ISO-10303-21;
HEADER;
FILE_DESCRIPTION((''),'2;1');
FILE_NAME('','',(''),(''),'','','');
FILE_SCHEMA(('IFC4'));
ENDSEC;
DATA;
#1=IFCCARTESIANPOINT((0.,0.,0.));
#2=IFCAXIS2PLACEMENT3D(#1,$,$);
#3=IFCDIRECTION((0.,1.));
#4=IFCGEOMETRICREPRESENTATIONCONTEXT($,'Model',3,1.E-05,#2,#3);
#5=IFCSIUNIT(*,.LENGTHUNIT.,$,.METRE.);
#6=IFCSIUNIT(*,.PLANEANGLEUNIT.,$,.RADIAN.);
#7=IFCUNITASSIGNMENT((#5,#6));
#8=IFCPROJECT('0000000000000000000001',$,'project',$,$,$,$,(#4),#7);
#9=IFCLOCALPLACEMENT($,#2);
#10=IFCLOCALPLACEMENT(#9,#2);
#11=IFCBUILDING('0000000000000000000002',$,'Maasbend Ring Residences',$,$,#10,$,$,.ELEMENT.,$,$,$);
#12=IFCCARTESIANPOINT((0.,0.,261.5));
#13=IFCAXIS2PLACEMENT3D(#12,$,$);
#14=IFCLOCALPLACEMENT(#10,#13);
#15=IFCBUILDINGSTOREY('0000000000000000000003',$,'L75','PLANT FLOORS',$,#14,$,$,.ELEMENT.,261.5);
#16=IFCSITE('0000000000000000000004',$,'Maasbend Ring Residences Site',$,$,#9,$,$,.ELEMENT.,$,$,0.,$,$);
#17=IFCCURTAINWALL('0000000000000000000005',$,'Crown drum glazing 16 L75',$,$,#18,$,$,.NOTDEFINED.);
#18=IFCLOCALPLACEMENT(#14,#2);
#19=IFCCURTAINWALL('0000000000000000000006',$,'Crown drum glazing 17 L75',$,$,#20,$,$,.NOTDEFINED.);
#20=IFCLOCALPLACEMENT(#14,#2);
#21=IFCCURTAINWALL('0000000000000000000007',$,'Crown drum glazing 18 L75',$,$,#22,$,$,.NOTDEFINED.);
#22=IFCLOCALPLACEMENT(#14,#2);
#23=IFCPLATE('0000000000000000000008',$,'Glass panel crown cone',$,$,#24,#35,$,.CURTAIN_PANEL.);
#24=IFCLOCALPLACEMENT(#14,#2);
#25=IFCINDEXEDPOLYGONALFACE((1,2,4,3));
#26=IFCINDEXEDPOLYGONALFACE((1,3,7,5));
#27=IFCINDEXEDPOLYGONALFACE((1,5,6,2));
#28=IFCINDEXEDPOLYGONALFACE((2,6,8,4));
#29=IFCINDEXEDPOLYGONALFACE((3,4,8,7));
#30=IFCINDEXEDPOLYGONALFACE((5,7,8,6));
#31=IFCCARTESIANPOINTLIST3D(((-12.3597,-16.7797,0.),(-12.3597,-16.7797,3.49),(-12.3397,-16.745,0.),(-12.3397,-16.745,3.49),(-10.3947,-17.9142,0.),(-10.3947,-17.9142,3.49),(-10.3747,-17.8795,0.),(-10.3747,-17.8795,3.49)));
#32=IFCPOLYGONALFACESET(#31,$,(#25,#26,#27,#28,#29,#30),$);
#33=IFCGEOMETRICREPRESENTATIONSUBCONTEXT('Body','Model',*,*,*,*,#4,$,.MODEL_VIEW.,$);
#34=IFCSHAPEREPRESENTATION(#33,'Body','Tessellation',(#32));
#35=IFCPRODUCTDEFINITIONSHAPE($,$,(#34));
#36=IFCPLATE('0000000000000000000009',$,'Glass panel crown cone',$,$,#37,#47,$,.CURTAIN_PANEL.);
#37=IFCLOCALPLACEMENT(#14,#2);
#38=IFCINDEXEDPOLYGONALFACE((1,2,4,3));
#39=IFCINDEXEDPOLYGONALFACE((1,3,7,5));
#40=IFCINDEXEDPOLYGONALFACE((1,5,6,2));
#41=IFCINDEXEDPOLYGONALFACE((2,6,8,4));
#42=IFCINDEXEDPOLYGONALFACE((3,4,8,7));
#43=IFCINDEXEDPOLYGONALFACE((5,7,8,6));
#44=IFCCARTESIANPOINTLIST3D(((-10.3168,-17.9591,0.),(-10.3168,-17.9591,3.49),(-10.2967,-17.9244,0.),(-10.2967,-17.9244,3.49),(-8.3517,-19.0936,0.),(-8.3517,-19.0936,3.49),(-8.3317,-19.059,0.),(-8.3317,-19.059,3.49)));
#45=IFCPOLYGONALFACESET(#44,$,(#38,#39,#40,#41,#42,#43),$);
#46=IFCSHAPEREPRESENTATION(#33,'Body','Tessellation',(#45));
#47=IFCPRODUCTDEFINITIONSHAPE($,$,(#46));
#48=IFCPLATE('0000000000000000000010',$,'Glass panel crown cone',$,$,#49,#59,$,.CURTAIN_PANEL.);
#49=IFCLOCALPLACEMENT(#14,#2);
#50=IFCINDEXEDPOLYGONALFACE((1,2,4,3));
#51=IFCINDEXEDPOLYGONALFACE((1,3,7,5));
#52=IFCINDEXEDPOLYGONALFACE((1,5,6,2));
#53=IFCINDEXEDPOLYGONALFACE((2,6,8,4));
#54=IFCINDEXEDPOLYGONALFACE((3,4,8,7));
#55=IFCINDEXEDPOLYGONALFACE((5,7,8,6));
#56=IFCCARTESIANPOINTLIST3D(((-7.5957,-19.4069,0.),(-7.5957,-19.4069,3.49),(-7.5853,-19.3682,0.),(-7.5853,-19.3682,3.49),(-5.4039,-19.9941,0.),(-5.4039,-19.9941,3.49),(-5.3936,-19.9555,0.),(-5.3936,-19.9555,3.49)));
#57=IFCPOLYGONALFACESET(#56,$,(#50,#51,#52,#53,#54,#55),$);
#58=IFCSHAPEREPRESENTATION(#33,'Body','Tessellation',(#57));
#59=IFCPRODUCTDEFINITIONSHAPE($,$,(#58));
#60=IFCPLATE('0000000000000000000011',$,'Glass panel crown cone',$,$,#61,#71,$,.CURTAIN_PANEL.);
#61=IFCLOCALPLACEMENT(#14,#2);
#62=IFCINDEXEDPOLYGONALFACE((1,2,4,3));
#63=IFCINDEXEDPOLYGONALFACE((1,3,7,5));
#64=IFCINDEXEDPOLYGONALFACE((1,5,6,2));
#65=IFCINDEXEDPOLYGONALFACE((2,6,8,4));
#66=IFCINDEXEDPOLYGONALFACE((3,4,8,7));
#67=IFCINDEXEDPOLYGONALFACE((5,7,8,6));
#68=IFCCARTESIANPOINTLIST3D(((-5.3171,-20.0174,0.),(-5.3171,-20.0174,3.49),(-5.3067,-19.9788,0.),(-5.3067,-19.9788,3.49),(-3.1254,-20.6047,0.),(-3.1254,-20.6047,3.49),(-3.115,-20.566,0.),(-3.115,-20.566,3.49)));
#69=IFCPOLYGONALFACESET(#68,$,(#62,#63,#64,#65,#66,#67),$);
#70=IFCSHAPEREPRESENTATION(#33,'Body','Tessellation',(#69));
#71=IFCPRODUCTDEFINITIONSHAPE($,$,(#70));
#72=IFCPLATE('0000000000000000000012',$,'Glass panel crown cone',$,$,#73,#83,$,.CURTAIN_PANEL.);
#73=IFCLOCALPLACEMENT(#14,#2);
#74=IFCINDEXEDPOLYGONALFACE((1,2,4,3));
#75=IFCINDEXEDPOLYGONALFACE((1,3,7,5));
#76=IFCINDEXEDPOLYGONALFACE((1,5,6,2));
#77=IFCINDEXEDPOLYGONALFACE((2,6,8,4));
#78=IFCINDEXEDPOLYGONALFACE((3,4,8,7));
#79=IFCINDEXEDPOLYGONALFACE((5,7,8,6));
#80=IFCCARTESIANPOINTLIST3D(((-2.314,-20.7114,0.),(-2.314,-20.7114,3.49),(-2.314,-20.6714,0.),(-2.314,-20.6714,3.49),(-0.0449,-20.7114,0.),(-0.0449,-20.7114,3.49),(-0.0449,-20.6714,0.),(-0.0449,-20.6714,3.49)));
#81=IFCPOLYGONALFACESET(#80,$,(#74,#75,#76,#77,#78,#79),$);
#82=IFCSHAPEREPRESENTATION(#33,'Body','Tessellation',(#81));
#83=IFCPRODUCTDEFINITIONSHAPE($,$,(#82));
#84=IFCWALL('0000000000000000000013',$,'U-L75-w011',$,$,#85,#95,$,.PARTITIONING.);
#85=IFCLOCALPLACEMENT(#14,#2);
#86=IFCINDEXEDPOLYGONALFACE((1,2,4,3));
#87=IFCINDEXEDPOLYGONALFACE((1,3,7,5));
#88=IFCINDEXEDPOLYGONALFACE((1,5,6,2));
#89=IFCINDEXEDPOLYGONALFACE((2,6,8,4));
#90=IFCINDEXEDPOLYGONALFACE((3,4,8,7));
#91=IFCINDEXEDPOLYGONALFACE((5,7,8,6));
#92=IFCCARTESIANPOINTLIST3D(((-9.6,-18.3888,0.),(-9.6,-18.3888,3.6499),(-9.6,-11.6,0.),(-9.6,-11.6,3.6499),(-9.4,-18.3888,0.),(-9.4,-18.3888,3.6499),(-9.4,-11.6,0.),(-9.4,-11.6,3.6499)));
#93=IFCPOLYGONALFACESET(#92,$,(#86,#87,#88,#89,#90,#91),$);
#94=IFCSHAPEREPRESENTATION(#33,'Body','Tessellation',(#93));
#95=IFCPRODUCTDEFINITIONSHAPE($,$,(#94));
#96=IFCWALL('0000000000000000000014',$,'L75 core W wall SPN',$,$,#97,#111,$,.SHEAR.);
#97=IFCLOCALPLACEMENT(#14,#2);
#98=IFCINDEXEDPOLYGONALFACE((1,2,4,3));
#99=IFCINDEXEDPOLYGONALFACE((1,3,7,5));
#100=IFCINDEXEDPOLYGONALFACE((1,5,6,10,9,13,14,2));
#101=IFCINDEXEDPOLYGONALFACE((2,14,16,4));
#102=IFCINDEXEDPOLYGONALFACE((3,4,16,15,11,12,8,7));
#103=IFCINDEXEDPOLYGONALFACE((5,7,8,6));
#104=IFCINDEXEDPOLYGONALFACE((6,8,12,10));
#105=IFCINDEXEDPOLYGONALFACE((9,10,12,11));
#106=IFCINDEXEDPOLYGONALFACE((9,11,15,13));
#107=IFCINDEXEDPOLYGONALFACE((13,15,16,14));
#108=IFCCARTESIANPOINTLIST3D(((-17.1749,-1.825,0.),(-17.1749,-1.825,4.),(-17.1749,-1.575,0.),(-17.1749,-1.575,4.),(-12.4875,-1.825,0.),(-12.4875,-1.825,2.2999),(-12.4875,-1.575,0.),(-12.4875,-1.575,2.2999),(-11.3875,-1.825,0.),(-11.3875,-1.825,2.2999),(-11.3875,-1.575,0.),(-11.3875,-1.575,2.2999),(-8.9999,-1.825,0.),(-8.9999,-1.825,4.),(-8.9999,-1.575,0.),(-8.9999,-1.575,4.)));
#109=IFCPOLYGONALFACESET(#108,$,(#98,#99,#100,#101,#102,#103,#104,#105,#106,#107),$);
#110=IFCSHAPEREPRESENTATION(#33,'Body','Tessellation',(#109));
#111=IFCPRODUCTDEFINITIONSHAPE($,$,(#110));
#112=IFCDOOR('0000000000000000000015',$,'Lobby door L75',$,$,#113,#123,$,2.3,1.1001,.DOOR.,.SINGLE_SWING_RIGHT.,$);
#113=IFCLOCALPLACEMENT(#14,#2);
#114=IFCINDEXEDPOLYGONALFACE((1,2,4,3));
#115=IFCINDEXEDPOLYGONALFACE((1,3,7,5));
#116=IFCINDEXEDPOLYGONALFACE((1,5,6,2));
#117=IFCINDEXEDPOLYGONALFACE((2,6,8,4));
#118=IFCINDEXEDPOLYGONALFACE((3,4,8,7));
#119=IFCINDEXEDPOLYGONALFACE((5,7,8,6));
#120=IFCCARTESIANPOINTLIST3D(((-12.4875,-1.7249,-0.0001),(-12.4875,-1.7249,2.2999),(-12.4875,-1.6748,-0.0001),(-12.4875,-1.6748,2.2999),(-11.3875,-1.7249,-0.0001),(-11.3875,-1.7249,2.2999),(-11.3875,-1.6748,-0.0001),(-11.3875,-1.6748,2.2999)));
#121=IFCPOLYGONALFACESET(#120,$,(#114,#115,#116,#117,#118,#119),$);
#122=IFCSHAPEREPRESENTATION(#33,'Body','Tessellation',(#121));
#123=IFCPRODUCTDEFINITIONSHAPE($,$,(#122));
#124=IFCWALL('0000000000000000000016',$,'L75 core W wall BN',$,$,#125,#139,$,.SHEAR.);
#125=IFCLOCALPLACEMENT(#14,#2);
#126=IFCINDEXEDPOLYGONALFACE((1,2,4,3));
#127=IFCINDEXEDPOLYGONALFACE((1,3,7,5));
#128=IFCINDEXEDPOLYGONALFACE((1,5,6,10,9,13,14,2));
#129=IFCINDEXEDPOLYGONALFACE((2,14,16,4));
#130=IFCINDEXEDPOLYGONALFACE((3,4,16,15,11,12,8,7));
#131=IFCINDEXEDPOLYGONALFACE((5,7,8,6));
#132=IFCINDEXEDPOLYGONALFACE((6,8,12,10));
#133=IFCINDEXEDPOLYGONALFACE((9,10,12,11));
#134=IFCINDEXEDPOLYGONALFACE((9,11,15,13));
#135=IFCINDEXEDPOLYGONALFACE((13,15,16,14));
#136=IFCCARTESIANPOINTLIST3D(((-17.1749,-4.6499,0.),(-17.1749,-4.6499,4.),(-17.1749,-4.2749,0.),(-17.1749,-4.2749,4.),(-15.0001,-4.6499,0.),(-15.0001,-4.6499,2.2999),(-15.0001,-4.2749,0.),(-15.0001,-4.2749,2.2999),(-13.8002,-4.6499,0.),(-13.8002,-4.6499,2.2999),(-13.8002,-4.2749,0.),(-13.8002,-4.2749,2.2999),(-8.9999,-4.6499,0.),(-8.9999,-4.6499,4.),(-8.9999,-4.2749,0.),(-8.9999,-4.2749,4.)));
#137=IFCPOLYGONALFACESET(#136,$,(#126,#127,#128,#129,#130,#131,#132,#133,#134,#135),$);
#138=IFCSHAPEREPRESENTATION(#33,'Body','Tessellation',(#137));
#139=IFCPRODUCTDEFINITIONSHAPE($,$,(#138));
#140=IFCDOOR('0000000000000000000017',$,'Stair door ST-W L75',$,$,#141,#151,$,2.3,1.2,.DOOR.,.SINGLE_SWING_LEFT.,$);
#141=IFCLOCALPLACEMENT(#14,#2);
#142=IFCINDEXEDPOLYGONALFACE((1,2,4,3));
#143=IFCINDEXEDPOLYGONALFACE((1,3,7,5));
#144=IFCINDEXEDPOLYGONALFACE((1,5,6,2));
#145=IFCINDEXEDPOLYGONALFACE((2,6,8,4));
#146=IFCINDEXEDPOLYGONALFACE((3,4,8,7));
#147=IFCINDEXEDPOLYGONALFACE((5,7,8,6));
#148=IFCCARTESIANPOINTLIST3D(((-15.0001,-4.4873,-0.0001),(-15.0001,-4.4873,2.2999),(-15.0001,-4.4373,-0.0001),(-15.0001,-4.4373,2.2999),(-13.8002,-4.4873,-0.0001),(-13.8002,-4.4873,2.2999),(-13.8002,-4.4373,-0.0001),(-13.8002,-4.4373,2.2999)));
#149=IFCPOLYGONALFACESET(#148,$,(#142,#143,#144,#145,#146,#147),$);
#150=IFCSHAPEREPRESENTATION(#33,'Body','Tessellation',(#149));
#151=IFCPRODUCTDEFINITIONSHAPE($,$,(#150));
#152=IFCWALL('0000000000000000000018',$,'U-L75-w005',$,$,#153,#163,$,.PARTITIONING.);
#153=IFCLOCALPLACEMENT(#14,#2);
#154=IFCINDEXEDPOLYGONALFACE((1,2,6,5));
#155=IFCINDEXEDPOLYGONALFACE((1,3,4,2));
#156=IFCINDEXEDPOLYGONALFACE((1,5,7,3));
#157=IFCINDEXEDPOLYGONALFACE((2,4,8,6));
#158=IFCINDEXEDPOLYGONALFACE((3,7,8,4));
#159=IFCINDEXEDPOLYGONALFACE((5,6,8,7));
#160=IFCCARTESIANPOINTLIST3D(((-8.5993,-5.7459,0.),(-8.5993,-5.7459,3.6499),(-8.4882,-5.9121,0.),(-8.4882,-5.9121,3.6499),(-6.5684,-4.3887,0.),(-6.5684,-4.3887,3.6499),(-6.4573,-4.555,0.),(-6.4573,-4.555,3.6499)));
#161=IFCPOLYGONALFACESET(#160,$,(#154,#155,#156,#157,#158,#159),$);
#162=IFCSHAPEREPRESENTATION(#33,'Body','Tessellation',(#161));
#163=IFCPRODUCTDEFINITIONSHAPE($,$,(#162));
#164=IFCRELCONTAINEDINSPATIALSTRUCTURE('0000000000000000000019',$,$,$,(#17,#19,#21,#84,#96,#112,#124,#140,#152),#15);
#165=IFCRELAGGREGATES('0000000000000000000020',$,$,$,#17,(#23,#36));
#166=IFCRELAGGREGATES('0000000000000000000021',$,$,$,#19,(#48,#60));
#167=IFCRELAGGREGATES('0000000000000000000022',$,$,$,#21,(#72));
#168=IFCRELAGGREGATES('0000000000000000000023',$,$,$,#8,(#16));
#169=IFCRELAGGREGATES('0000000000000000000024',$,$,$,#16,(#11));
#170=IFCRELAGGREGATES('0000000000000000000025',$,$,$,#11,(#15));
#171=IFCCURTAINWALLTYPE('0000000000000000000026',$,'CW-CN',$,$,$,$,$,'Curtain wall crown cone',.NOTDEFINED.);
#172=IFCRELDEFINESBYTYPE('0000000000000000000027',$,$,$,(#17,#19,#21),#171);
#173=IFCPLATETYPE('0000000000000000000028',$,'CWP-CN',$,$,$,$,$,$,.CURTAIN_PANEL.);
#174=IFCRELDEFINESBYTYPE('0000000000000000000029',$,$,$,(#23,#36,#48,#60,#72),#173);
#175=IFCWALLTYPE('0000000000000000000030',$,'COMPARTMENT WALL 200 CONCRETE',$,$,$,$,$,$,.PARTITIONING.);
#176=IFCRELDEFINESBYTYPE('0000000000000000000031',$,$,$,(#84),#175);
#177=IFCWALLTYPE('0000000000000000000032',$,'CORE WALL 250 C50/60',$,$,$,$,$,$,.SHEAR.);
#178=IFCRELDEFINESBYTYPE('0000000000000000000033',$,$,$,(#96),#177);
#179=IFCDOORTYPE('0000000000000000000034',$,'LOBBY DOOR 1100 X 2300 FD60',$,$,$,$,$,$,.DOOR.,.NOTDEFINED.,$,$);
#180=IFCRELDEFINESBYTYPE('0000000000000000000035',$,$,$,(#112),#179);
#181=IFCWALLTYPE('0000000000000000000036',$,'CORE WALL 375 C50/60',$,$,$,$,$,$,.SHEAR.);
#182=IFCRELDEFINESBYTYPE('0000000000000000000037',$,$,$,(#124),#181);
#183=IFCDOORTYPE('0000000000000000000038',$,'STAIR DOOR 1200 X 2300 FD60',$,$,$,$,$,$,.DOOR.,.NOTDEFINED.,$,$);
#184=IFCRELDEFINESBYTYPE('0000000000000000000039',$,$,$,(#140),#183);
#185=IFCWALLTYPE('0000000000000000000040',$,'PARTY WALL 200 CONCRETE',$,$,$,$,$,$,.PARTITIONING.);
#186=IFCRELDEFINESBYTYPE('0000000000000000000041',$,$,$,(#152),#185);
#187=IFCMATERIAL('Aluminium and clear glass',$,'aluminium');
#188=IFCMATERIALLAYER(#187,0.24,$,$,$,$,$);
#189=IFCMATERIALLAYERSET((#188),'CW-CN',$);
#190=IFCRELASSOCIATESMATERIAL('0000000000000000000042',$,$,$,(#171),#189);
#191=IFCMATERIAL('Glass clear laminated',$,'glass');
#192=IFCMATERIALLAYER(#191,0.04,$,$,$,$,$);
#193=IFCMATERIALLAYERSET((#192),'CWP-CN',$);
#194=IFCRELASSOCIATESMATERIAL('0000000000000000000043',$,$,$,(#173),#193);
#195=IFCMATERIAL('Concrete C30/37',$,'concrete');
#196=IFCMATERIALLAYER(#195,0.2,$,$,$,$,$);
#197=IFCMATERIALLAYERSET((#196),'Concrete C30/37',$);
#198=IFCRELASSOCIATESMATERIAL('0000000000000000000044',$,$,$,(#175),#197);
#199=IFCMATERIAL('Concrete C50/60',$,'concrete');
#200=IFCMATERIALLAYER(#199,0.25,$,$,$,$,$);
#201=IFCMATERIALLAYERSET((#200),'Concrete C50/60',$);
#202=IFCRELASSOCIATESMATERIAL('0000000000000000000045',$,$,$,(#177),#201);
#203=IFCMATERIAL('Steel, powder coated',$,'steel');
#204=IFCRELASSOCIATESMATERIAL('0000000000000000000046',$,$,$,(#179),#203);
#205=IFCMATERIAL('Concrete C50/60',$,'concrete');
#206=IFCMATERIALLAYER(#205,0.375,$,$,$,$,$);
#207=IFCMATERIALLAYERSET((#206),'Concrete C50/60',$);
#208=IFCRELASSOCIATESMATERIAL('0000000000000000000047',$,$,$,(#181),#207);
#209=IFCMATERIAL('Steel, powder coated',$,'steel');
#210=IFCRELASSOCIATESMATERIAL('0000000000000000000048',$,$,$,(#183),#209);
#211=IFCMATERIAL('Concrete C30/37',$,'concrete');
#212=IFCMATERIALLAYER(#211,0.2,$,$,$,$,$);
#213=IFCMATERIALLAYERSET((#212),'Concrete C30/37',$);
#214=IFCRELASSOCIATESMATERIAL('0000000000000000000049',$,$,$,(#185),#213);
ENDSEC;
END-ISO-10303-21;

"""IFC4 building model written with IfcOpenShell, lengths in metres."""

from ifc_helpers import new_model, si_unit, direction, frame, frame_2d, origin, origin_2d, place, context, subcontext, project, spatial, rectangle, extrude, material, layer, layer_set, type_object, element, fill, aggregate, save


model = new_model("IFC4")

# Units and contexts
model_context = context("Model", 3, precision=1e-05, world=origin(), true_north=direction((0.0, 1.0)))
body_context = subcontext(model_context, "Body", "Model", "MODEL_VIEW")
ifc_project = project(units=[si_unit("LENGTHUNIT", "METRE"), si_unit("PLANEANGLEUNIT", "RADIAN")], contexts=[model_context])

# Site, building, storey
site_placement = place(None, origin())
site = spatial("IfcSite", under=ifc_project, at=site_placement, Name="Maasbend Ring Residences Site", CompositionType="ELEMENT", RefElevation=0.0)
building_placement = place(site_placement, origin())
building = spatial("IfcBuilding", under=site, at=building_placement, Name="Maasbend Ring Residences", CompositionType="ELEMENT")
storey_placement = place(building_placement, frame((0.0, 0.0, 261.5)))
storey = spatial("IfcBuildingStorey", under=building, at=storey_placement, Name="L75", Description="PLANT FLOORS", CompositionType="ELEMENT", Elevation=261.5)

# Curtain walls
ifc_material_1 = material(Name="Aluminium and clear glass", Category="aluminium")
ifc_layer_1 = layer(ifc_material_1, 0.24)
ifc_layer_set_1 = layer_set([ifc_layer_1], Name="CW-CN")
curtain_wall_type = type_object("IfcCurtainWallType", Name="CW-CN", ElementType="Curtain wall crown cone", PredefinedType="NOTDEFINED", material=ifc_layer_set_1)
curtain_wall_1_placement = place(storey_placement, origin())
curtain_wall_1 = element("IfcCurtainWall", 1, at=curtain_wall_1_placement, inside=storey, type_object=curtain_wall_type, Name="Crown drum glazing 16 L75", PredefinedType="NOTDEFINED")
curtain_wall_2_placement = place(storey_placement, origin())
curtain_wall_2 = element("IfcCurtainWall", 2, at=curtain_wall_2_placement, inside=storey, type_object=curtain_wall_type, Name="Crown drum glazing 17 L75", PredefinedType="NOTDEFINED")
curtain_wall_3_placement = place(storey_placement, origin())
curtain_wall_3 = element("IfcCurtainWall", 3, at=curtain_wall_3_placement, inside=storey, type_object=curtain_wall_type, Name="Crown drum glazing 18 L75", PredefinedType="NOTDEFINED")

# Plates
ifc_material_2 = material(Name="Glass clear laminated", Category="glass")
ifc_layer_2 = layer(ifc_material_2, 0.04)
ifc_layer_set_2 = layer_set([ifc_layer_2], Name="CWP-CN")
plate_type = type_object("IfcPlateType", Name="CWP-CN", PredefinedType="CURTAIN_PANEL", material=ifc_layer_set_2)
plate_1_placement = place(storey_placement, frame((-11.3672, -17.3296, 0.0), z_axis=(0.0, 0.0, 1.0), x_axis=(0.866025, -0.5, 0.0)))
plate_1 = element("IfcPlate", 4, at=plate_1_placement, type_object=plate_type, Name="Glass panel crown cone", PredefinedType="CURTAIN_PANEL", context=body_context, shape_type="SweptSolid", body=[
    extrude(rectangle(XDim=2.269, YDim=0.04, at=origin_2d()), origin(), (0.0, 0.0, 1.0), 3.49),
])
plate_2_placement = place(storey_placement, frame((-9.3242, -18.509, 0.0), z_axis=(0.0, 0.0, 1.0), x_axis=(0.866025, -0.5, 0.0)))
plate_2 = element("IfcPlate", 5, at=plate_2_placement, type_object=plate_type, Name="Glass panel crown cone", PredefinedType="CURTAIN_PANEL", context=body_context, shape_type="SweptSolid", body=[
    extrude(rectangle(XDim=2.269, YDim=0.04, at=origin_2d()), origin(), (0.0, 0.0, 1.0), 3.49),
])
aggregate(curtain_wall_1, [plate_1, plate_2])
plate_3_placement = place(storey_placement, frame((-6.4946, -19.6812, 0.0), z_axis=(0.0, 0.0, 1.0), x_axis=(0.965926, -0.258819, 0.0)))
plate_3 = element("IfcPlate", 6, at=plate_3_placement, type_object=plate_type, Name="Glass panel crown cone", PredefinedType="CURTAIN_PANEL", context=body_context, shape_type="SweptSolid", body=[
    extrude(rectangle(XDim=2.269, YDim=0.04, at=origin_2d()), origin(), (0.0, 0.0, 1.0), 3.49),
])
plate_4_placement = place(storey_placement, frame((-4.2161, -20.2917, 0.0), z_axis=(0.0, 0.0, 1.0), x_axis=(0.965926, -0.258819, 0.0)))
plate_4 = element("IfcPlate", 7, at=plate_4_placement, type_object=plate_type, Name="Glass panel crown cone", PredefinedType="CURTAIN_PANEL", context=body_context, shape_type="SweptSolid", body=[
    extrude(rectangle(XDim=2.269, YDim=0.04, at=origin_2d()), origin(), (0.0, 0.0, 1.0), 3.49),
])
aggregate(curtain_wall_2, [plate_3, plate_4])
plate_5_placement = place(storey_placement, frame((-1.1794, -20.6914, 0.0), z_axis=(0.0, 0.0, 1.0), x_axis=(1.0, 0.0, 0.0)))
plate_5 = element("IfcPlate", 8, at=plate_5_placement, type_object=plate_type, Name="Glass panel crown cone", PredefinedType="CURTAIN_PANEL", context=body_context, shape_type="SweptSolid", body=[
    extrude(rectangle(XDim=2.269, YDim=0.04, at=origin_2d()), origin(), (0.0, 0.0, 1.0), 3.49),
])
aggregate(curtain_wall_3, [plate_5])

# Wall
ifc_material_3 = material(Name="Concrete C30/37", Category="concrete")
ifc_layer_3 = layer(ifc_material_3, 0.2)
ifc_layer_set_3 = layer_set([ifc_layer_3], Name="Concrete C30/37")
wall_type_1 = type_object("IfcWallType", Name="COMPARTMENT WALL 200 CONCRETE", PredefinedType="PARTITIONING", material=ifc_layer_set_3)
wall_1_placement = place(storey_placement, frame((-9.5, -18.3889, 0.0), z_axis=(0.0, 0.0, 1.0), x_axis=(0.0, 1.0, 0.0)))
element("IfcWall", 9, at=wall_1_placement, inside=storey, type_object=wall_type_1, Name="U-L75-w011", PredefinedType="PARTITIONING", context=body_context, shape_type="SweptSolid", body=[
    extrude(rectangle(XDim=6.7888, YDim=0.2, at=frame_2d((3.3945, 0.0))), origin(), (0.0, 0.0, 1.0), 3.6499),
])

# Walls, openings, doors
ifc_material_4 = material(Name="Concrete C50/60", Category="concrete")
ifc_layer_4 = layer(ifc_material_4, 0.25)
ifc_layer_set_4 = layer_set([ifc_layer_4], Name="Concrete C50/60")
wall_type_2 = type_object("IfcWallType", Name="CORE WALL 250 C50/60", PredefinedType="SHEAR", material=ifc_layer_set_4)
wall_2_placement = place(storey_placement, frame((-9.0, -1.7, 0.0), z_axis=(0.0, 0.0, 1.0), x_axis=(-1.0, 0.0, 0.0)))
wall_2 = element("IfcWall", 10, at=wall_2_placement, inside=storey, type_object=wall_type_2, Name="L75 core W wall SPN", PredefinedType="SHEAR", context=body_context, shape_type="SweptSolid", body=[
    extrude(rectangle(XDim=8.175, YDim=0.25, at=frame_2d((4.0874, 0.0))), origin(), (0.0, 0.0, 1.0), 4.0),
])
opening_1_placement = place(wall_2_placement, frame((2.3875, 0.0, 0.0)))
opening_1 = element("IfcOpeningElement", 11, at=opening_1_placement, cuts=wall_2, PredefinedType="OPENING", context=body_context, shape_type="SweptSolid", body=[
    extrude(rectangle(XDim=1.1001, YDim=2.3, at=frame_2d((0.55, 1.1499))), frame((0.0, 0.135, 0.0), z_axis=(0.0, -1.0, 0.0), x_axis=(1.0, 0.0, 0.0)), (0.0, 0.0, 1.0), 0.27),
])
ifc_material_5 = material(Name="Steel, powder coated", Category="steel")
door_type_1 = type_object("IfcDoorType", Name="LOBBY DOOR 1100 X 2300 FD60", OperationType="NOTDEFINED", PredefinedType="DOOR", material=ifc_material_5)
door_1_placement = place(opening_1_placement, origin())
door_1 = element("IfcDoor", 12, at=door_1_placement, inside=storey, type_object=door_type_1, Name="Lobby door L75", OperationType="SINGLE_SWING_RIGHT", OverallHeight=2.3, OverallWidth=1.1001, PredefinedType="DOOR", context=body_context, shape_type="SweptSolid", body=[
    extrude(rectangle(XDim=1.1001, YDim=2.3, at=frame_2d((0.55, 1.1499))), frame((0.0, 0.0249, 0.0), z_axis=(0.0, -1.0, 0.0), x_axis=(1.0, 0.0, 0.0)), (0.0, 0.0, 1.0), 0.05),
])
fill(opening_1, door_1)
ifc_material_6 = material(Name="Concrete C50/60", Category="concrete")
ifc_layer_5 = layer(ifc_material_6, 0.375)
ifc_layer_set_5 = layer_set([ifc_layer_5], Name="Concrete C50/60")
wall_type_3 = type_object("IfcWallType", Name="CORE WALL 375 C50/60", PredefinedType="SHEAR", material=ifc_layer_set_5)
wall_3_placement = place(storey_placement, frame((-9.0, -4.4624, 0.0), z_axis=(0.0, 0.0, 1.0), x_axis=(-1.0, 0.0, 0.0)))
wall_3 = element("IfcWall", 13, at=wall_3_placement, inside=storey, type_object=wall_type_3, Name="L75 core W wall BN", PredefinedType="SHEAR", context=body_context, shape_type="SweptSolid", body=[
    extrude(rectangle(XDim=8.175, YDim=0.375, at=frame_2d((4.0874, 0.0))), origin(), (0.0, 0.0, 1.0), 4.0),
])
opening_2_placement = place(wall_3_placement, frame((4.8, 0.0, 0.0)))
opening_2 = element("IfcOpeningElement", 14, at=opening_2_placement, cuts=wall_3, PredefinedType="OPENING", context=body_context, shape_type="SweptSolid", body=[
    extrude(rectangle(XDim=1.2, YDim=2.3, at=frame_2d((0.6001, 1.1499))), frame((0.0, 0.1975, 0.0), z_axis=(0.0, -1.0, 0.0), x_axis=(1.0, 0.0, 0.0)), (0.0, 0.0, 1.0), 0.395),
])
ifc_material_7 = material(Name="Steel, powder coated", Category="steel")
door_type_2 = type_object("IfcDoorType", Name="STAIR DOOR 1200 X 2300 FD60", OperationType="NOTDEFINED", PredefinedType="DOOR", material=ifc_material_7)
door_2_placement = place(opening_2_placement, origin())
door_2 = element("IfcDoor", 15, at=door_2_placement, inside=storey, type_object=door_type_2, Name="Stair door ST-W L75", OperationType="SINGLE_SWING_LEFT", OverallHeight=2.3, OverallWidth=1.2, PredefinedType="DOOR", context=body_context, shape_type="SweptSolid", body=[
    extrude(rectangle(XDim=1.2, YDim=2.3, at=frame_2d((0.6001, 1.1499))), frame((0.0, 0.0249, 0.0), z_axis=(0.0, -1.0, 0.0), x_axis=(1.0, 0.0, 0.0)), (0.0, 0.0, 1.0), 0.05),
])
fill(opening_2, door_2)

# Wall
ifc_material_8 = material(Name="Concrete C30/37", Category="concrete")
ifc_layer_6 = layer(ifc_material_8, 0.2)
ifc_layer_set_6 = layer_set([ifc_layer_6], Name="Concrete C30/37")
wall_type_4 = type_object("IfcWallType", Name="PARTY WALL 200 CONCRETE", PredefinedType="PARTITIONING", material=ifc_layer_set_6)
wall_4_placement = place(storey_placement, frame((-6.5129, -4.4719, 0.0), z_axis=(0.0, 0.0, 1.0), x_axis=(-0.83145, -0.555599, 0.0)))
element("IfcWall", 16, at=wall_4_placement, inside=storey, type_object=wall_type_4, Name="U-L75-w005", PredefinedType="PARTITIONING", context=body_context, shape_type="SweptSolid", body=[
    extrude(rectangle(XDim=2.4426, YDim=0.2, at=frame_2d((1.2212, 0.0))), origin(), (0.0, 0.0, 1.0), 3.6499),
])

save(model, "model.ifc")
